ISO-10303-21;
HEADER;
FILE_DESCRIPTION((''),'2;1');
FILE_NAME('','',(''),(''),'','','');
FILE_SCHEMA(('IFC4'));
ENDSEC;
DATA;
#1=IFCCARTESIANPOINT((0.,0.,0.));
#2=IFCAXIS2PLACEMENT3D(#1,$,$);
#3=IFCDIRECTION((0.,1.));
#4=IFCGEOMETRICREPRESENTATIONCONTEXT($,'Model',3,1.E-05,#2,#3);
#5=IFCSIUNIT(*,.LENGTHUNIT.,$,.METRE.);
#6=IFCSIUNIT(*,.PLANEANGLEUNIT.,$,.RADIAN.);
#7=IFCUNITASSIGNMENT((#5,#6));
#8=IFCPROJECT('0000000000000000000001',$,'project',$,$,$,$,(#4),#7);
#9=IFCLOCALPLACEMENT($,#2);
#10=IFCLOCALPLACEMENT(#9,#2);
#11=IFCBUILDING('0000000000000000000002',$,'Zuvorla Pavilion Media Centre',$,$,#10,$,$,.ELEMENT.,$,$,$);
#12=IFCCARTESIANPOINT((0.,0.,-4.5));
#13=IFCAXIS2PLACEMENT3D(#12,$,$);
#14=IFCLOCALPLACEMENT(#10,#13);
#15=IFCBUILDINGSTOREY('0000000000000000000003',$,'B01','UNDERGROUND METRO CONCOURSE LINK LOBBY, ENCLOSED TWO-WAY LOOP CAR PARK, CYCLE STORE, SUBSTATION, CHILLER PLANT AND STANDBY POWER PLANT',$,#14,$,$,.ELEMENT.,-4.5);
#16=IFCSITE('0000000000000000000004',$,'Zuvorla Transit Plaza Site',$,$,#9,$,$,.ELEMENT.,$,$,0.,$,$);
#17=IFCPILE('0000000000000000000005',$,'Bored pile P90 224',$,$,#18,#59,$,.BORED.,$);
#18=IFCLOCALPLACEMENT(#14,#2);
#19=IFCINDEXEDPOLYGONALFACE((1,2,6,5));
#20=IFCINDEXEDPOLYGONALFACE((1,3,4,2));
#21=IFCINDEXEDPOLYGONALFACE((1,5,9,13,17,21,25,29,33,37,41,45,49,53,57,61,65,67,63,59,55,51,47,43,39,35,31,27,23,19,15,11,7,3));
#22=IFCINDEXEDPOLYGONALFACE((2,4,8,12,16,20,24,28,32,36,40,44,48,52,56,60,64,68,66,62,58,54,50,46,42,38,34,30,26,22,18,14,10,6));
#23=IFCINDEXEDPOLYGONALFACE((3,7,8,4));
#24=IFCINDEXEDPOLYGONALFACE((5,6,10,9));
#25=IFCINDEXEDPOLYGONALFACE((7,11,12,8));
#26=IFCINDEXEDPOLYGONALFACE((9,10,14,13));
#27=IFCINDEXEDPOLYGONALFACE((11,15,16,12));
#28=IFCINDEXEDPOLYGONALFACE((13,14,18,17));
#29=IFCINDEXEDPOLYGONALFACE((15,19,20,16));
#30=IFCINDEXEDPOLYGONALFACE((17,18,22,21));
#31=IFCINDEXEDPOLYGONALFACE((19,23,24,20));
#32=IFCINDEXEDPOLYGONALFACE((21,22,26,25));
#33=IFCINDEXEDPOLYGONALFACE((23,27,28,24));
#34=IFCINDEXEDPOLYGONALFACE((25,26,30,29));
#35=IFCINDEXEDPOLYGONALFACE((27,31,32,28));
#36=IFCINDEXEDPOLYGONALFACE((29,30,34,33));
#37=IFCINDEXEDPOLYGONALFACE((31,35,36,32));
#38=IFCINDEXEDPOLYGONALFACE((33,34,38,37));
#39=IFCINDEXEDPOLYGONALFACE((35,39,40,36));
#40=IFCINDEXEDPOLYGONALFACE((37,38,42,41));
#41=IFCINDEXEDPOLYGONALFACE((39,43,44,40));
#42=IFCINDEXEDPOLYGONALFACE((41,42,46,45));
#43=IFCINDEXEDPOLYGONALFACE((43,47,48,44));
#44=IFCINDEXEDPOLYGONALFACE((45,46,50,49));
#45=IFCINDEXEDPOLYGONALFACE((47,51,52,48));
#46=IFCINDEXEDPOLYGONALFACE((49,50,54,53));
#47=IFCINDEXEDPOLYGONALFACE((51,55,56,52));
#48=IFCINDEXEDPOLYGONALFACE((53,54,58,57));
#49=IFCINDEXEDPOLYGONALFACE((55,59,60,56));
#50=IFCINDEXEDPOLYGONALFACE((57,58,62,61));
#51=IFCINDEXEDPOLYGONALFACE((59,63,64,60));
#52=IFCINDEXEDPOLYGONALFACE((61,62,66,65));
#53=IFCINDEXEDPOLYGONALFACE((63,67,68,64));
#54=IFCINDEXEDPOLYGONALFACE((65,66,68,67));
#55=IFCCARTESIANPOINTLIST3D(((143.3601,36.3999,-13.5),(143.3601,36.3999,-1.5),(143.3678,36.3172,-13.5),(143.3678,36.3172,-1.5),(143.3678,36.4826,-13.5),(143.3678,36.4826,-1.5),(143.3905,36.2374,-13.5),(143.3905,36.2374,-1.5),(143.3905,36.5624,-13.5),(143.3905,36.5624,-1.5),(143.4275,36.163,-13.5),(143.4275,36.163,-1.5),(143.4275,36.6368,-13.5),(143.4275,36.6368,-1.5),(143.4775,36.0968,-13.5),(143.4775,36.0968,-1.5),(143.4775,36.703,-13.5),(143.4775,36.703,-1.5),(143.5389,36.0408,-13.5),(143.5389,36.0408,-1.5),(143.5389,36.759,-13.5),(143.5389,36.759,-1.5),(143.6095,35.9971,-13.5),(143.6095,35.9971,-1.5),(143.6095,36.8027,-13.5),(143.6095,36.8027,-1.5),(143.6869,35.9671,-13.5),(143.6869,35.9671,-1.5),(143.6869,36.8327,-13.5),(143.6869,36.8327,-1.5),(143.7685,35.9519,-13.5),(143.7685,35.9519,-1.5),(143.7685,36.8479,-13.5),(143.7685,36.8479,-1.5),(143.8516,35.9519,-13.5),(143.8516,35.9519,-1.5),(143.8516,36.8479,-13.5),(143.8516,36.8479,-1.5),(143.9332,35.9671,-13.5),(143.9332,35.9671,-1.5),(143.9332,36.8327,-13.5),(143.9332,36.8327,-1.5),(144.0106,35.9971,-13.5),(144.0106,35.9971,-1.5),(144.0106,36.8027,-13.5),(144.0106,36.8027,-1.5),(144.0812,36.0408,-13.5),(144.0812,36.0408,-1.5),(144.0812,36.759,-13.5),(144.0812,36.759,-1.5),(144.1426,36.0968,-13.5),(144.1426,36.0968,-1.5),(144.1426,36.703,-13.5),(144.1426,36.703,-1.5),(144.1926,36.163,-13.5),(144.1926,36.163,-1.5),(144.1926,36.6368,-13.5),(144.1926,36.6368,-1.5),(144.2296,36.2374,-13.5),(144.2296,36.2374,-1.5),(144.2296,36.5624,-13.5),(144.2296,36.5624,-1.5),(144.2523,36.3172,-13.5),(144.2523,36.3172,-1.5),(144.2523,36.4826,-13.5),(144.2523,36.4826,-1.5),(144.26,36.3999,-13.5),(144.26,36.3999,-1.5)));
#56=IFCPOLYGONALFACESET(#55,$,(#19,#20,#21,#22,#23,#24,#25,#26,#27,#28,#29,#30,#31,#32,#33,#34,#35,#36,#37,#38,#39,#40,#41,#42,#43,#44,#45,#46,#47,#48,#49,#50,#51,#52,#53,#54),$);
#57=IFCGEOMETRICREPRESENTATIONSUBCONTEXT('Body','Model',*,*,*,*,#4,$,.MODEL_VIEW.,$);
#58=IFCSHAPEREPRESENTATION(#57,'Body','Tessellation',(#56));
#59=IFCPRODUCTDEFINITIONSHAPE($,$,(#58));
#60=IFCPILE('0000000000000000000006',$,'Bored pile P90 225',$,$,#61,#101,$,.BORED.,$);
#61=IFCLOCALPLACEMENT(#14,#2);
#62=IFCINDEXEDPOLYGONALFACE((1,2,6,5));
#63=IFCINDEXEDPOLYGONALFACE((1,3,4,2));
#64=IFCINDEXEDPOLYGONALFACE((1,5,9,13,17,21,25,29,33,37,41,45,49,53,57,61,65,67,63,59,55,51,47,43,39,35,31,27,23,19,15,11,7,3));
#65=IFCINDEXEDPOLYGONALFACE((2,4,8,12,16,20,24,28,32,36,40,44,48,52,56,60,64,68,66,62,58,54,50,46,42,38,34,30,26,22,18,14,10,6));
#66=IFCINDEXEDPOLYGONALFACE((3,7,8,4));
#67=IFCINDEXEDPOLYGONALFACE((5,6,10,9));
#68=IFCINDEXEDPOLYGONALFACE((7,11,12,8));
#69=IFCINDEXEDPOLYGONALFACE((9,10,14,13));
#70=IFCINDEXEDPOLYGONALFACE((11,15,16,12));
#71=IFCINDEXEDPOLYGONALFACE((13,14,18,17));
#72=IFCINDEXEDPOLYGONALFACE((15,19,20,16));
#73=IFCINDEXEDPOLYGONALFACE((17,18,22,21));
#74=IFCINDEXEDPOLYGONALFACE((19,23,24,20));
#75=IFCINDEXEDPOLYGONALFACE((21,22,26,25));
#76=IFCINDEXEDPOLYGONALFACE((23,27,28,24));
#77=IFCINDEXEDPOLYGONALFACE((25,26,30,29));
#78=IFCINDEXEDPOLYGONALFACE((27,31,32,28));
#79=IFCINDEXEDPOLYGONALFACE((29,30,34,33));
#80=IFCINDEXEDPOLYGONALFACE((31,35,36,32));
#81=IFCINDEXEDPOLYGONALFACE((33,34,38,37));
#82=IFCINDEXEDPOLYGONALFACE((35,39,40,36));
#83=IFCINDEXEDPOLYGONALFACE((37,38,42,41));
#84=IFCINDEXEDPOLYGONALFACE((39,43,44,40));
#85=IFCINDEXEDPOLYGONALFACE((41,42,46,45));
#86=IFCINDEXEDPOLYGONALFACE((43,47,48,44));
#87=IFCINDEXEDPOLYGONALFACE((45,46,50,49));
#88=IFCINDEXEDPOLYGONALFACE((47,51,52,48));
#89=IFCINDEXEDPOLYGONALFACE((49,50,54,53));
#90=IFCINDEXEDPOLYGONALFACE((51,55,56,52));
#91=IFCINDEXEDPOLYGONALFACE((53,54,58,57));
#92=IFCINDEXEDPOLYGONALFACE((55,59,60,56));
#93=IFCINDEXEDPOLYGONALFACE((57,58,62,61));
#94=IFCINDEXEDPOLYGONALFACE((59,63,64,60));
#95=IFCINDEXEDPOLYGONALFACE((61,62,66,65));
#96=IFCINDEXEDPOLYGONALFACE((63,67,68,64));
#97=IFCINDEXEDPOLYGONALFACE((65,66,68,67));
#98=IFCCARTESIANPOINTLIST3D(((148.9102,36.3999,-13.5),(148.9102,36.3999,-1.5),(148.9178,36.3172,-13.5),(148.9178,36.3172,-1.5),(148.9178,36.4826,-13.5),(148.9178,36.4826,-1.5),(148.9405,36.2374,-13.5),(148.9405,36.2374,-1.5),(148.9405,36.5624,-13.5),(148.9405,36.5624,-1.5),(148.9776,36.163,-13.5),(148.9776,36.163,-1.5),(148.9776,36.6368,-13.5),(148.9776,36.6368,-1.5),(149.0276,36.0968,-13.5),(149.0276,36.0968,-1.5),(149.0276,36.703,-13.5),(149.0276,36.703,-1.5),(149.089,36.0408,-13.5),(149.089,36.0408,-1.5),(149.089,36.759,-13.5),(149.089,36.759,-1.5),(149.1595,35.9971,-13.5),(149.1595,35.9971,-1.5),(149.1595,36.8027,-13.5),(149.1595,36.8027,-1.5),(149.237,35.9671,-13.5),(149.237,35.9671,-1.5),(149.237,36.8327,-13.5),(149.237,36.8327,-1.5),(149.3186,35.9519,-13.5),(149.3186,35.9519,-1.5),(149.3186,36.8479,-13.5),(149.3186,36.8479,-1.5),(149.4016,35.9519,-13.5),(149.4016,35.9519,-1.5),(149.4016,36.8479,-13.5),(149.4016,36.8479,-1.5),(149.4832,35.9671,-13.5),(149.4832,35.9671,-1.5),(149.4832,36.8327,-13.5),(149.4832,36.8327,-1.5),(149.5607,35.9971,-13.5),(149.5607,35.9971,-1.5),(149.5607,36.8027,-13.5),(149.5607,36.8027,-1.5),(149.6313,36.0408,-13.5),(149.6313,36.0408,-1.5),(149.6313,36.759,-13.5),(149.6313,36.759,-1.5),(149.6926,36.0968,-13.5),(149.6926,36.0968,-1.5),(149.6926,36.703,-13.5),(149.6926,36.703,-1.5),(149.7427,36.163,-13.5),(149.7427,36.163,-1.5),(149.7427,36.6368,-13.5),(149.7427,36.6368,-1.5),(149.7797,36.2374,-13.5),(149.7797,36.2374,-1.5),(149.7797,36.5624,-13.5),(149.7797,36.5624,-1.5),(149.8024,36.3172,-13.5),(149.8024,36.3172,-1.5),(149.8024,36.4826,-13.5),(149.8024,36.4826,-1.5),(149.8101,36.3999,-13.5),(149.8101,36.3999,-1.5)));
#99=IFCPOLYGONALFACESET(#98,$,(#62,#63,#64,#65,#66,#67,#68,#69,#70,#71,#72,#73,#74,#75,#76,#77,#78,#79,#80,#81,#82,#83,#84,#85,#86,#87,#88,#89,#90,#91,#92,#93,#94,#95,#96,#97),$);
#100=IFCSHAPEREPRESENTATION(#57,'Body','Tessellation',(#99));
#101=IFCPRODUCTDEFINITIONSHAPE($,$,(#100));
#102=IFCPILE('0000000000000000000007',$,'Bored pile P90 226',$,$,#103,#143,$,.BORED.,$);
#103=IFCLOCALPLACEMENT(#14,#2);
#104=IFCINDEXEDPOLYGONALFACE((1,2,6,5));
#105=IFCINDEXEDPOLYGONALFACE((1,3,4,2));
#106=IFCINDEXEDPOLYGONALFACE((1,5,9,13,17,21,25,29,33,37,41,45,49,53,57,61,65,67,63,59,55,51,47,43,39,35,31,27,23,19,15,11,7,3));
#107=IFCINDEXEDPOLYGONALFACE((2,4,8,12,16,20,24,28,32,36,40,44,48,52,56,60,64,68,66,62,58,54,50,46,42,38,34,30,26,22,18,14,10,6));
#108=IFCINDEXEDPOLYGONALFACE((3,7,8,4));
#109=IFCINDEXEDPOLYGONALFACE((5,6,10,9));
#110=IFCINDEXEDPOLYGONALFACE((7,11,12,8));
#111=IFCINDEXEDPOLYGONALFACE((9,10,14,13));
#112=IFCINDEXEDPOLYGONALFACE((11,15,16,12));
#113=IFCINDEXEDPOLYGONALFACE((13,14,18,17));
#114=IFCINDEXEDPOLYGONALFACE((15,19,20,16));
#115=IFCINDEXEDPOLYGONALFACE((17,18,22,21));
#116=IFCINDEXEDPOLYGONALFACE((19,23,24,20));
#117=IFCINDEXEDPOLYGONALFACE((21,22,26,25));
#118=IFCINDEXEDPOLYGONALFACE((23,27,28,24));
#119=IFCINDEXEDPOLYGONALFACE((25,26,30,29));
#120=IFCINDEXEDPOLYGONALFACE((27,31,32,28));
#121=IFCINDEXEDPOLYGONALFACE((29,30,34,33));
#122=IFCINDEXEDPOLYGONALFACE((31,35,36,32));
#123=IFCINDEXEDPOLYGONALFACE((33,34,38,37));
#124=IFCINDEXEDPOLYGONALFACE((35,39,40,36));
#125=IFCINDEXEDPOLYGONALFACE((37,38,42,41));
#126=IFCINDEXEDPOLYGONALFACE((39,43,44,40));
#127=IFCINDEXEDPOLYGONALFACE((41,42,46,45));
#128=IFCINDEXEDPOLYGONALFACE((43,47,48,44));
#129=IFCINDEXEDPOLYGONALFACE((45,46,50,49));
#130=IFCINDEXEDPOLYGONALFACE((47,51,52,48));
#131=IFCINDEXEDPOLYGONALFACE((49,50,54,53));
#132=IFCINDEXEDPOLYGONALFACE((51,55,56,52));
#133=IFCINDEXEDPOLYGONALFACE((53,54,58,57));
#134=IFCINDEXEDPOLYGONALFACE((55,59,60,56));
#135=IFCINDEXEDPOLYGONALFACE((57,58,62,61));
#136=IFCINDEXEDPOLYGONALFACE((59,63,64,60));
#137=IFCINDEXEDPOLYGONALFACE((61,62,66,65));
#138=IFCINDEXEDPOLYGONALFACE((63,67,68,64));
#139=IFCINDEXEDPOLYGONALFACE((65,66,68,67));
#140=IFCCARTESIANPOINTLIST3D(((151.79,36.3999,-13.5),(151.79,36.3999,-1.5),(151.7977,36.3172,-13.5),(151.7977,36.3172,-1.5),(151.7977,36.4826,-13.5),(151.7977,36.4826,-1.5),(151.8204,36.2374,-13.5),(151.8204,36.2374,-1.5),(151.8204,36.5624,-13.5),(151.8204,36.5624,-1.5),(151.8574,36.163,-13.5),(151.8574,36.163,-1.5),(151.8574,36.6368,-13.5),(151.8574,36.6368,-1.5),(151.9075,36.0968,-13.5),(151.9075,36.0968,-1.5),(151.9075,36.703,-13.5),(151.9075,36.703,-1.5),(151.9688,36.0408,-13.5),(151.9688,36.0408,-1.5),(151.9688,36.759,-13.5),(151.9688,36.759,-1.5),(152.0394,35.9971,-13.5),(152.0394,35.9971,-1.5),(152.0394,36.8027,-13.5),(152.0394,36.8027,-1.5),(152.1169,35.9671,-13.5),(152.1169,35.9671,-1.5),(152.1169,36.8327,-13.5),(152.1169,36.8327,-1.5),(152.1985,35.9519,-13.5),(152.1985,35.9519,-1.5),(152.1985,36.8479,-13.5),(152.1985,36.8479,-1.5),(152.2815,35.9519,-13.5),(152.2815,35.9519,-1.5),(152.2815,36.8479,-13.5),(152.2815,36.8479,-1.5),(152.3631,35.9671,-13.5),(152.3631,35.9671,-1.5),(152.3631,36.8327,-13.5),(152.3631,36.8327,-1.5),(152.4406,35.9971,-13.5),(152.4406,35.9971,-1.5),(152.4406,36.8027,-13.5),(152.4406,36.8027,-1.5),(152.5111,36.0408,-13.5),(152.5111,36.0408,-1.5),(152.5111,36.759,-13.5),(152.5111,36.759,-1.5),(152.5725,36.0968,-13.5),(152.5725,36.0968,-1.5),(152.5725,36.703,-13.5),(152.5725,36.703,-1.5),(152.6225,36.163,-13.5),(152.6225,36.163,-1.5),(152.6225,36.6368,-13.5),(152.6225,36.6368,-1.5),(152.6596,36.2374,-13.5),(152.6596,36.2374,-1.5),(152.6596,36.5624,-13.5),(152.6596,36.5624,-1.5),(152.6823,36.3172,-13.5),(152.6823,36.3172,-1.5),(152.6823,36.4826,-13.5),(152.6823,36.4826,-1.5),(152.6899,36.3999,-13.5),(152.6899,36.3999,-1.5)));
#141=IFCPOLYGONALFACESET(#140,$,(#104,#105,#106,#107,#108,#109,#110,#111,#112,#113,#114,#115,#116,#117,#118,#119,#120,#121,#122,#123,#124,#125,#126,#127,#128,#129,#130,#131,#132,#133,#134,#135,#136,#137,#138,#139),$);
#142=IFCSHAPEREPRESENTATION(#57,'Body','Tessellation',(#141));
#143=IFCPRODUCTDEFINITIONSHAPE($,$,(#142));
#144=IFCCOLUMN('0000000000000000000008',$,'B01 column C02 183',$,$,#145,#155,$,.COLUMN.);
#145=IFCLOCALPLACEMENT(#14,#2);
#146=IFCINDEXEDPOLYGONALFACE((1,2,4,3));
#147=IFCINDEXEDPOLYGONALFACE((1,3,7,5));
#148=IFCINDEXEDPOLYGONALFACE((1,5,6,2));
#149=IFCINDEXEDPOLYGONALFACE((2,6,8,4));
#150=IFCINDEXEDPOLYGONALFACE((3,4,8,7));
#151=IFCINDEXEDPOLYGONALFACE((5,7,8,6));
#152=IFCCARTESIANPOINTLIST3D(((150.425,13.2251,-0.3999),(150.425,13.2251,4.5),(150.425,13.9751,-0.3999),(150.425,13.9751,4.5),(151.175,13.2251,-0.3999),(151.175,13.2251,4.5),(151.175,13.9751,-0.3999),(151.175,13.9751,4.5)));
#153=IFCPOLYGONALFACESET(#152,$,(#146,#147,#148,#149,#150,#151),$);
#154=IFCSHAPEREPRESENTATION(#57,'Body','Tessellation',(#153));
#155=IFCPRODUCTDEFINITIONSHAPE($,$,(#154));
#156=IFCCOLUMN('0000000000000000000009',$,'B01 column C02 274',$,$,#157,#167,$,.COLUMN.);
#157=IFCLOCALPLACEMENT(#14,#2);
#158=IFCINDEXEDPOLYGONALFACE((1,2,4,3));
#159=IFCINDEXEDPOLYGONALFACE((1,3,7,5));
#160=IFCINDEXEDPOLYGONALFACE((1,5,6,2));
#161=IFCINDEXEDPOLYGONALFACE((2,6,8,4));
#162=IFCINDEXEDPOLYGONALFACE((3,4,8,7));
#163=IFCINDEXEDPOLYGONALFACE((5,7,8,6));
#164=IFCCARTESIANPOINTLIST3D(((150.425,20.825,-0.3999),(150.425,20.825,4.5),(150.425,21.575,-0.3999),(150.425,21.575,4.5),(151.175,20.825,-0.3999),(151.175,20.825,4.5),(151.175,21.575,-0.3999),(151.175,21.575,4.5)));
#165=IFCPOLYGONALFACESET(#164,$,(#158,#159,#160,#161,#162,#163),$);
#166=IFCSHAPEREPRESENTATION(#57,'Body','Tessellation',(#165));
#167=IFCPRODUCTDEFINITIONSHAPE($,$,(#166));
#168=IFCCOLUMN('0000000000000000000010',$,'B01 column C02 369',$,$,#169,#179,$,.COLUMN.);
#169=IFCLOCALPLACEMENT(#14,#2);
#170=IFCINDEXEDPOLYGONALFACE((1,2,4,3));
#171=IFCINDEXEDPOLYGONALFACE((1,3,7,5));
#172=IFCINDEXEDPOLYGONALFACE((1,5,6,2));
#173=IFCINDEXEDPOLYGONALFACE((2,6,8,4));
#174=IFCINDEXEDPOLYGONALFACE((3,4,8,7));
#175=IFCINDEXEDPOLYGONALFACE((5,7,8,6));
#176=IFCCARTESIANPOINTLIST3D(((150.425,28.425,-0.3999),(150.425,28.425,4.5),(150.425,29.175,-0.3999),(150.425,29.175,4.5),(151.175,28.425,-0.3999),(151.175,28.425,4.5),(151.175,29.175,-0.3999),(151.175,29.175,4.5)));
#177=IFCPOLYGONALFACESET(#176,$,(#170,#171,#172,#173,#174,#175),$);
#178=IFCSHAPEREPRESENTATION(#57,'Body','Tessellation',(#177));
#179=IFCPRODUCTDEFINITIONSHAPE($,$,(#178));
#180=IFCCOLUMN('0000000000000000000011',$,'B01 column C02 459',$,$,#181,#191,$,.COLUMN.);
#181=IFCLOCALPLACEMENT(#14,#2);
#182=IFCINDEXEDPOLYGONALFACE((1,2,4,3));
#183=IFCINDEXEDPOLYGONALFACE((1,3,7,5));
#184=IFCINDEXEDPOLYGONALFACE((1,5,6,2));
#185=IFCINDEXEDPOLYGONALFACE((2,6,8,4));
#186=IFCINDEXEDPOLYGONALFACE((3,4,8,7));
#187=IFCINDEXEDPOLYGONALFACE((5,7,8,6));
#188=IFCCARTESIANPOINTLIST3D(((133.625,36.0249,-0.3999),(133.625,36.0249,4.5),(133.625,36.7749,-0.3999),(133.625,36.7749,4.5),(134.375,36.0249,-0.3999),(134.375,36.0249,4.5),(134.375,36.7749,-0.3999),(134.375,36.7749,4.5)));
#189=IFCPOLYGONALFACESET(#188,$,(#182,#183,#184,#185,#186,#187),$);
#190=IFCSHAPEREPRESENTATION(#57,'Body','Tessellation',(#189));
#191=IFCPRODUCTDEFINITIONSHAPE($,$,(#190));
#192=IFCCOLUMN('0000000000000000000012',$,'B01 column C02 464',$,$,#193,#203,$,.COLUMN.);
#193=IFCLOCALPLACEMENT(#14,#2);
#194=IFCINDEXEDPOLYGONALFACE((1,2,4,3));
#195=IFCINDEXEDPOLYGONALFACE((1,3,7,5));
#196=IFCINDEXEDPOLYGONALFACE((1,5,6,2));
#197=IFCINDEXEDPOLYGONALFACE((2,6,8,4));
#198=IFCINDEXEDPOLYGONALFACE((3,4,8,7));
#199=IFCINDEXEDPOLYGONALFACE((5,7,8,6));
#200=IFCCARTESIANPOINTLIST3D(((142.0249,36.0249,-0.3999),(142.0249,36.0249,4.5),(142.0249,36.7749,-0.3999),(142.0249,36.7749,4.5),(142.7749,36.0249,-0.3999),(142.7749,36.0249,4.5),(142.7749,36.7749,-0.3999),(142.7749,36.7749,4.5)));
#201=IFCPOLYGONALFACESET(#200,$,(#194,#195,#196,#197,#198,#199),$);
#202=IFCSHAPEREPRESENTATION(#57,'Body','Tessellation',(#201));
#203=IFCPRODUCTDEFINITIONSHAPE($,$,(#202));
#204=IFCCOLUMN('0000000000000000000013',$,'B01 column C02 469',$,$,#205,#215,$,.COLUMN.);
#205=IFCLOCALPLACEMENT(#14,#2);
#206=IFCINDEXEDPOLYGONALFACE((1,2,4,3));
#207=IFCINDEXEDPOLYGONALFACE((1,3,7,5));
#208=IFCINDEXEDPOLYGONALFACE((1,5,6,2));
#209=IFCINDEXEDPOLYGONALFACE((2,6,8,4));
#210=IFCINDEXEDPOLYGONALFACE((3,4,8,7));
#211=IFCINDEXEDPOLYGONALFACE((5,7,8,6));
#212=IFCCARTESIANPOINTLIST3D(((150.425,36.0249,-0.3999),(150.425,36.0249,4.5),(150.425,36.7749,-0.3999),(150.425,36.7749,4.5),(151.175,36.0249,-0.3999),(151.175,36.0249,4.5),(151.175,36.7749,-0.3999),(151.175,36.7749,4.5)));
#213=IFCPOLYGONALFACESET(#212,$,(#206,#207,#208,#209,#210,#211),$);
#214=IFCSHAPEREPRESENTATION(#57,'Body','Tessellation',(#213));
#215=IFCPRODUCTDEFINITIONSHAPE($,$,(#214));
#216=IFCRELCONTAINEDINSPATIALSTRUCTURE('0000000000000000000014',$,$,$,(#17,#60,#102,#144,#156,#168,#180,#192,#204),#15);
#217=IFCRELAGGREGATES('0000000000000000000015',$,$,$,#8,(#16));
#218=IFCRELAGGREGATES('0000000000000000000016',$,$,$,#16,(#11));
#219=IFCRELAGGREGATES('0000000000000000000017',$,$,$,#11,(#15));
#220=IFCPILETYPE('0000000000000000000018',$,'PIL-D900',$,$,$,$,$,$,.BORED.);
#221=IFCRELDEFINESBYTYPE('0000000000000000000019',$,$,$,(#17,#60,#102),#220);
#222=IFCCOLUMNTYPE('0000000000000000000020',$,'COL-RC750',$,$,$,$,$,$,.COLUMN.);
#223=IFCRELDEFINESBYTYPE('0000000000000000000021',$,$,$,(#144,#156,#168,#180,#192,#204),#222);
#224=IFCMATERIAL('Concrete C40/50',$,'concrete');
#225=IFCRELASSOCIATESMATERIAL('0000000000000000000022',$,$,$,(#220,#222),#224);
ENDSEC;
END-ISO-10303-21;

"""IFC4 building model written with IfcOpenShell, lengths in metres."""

from ifc_helpers import new_model, si_unit, direction, frame, origin, origin_2d, place, context, subcontext, project, spatial, rectangle, circle, extrude, material, material_profile, profile_set, type_object, element, save


model = new_model("IFC4")

# Units and contexts
model_context = context("Model", 3, precision=1e-05, world=origin(), true_north=direction((0.0, 1.0)))
body_context = subcontext(model_context, "Body", "Model", "MODEL_VIEW")
ifc_project = project(units=[si_unit("LENGTHUNIT", "METRE"), si_unit("PLANEANGLEUNIT", "RADIAN")], contexts=[model_context])

# Site, building, storey
site_placement = place(None, origin())
site = spatial("IfcSite", under=ifc_project, at=site_placement, Name="Zuvorla Transit Plaza Site", CompositionType="ELEMENT", RefElevation=0.0)
building_placement = place(site_placement, origin())
building = spatial("IfcBuilding", under=site, at=building_placement, Name="Zuvorla Pavilion Media Centre", CompositionType="ELEMENT")
storey_placement = place(building_placement, frame((0.0, 0.0, -4.5)))
storey = spatial("IfcBuildingStorey", under=building, at=storey_placement, Name="B01", Description="UNDERGROUND METRO CONCOURSE LINK LOBBY, ENCLOSED TWO-WAY LOOP CAR PARK, CYCLE STORE, SUBSTATION, CHILLER PLANT AND STANDBY POWER PLANT", CompositionType="ELEMENT", Elevation=-4.5)

# Shared definitions
ifc_material = material(Name="Concrete C40/50", Category="concrete")

# Piles
ifc_material_profile_1 = material_profile(ifc_material, circle(Radius=0.45, at=origin_2d()), Name="BORED PILE 900")
ifc_profile_set_1 = profile_set([ifc_material_profile_1], Name="Concrete C40/50")
pile_type = type_object("IfcPileType", Name="PIL-D900", PredefinedType="BORED", material=ifc_profile_set_1)
for number, where, z_axis, x_axis, name in (
    (1, (143.8101, 36.3999, -1.5), (0.0, 0.0, -1.0), (1.0, 0.0, 0.0), "Bored pile P90 224"),
    (2, (149.3601, 36.3999, -1.5), (0.0, 0.0, -1.0), (1.0, 0.0, 0.0), "Bored pile P90 225"),
    (3, (152.24, 36.3999, -1.5), (0.0, 0.0, -1.0), (1.0, 0.0, 0.0), "Bored pile P90 226"),
):
    element("IfcPile", number, at=place(storey_placement, frame(where, z_axis=z_axis, x_axis=x_axis)), inside=storey, type_object=pile_type, Name=name, PredefinedType="BORED", context=body_context, shape_type="SweptSolid", body=[
        extrude(circle(Radius=0.45, at=origin_2d()), origin(), (0.0, 0.0, 1.0), 12.0),
    ])

# Columns
ifc_material_profile_2 = material_profile(ifc_material, rectangle(XDim=0.75, YDim=0.75, at=origin_2d()), Name="RC 750x750")
ifc_profile_set_2 = profile_set([ifc_material_profile_2], Name="Concrete C40/50")
column_type = type_object("IfcColumnType", Name="COL-RC750", PredefinedType="COLUMN", material=ifc_profile_set_2)
for number, where, z_axis, x_axis, name in (
    (4, (150.8, 13.6001, -0.3999), (0.0, 0.0, 1.0), (1.0, 0.0, 0.0), "B01 column C02 183"),
    (5, (150.8, 21.2, -0.3999), (0.0, 0.0, 1.0), (1.0, 0.0, 0.0), "B01 column C02 274"),
    (6, (150.8, 28.8, -0.3999), (0.0, 0.0, 1.0), (1.0, 0.0, 0.0), "B01 column C02 369"),
    (7, (134.0, 36.3999, -0.3999), (0.0, 0.0, 1.0), (1.0, 0.0, 0.0), "B01 column C02 459"),
    (8, (142.3999, 36.3999, -0.3999), (0.0, 0.0, 1.0), (1.0, 0.0, 0.0), "B01 column C02 464"),
    (9, (150.8, 36.3999, -0.3999), (0.0, 0.0, 1.0), (1.0, 0.0, 0.0), "B01 column C02 469"),
):
    element("IfcColumn", number, at=place(storey_placement, frame(where, z_axis=z_axis, x_axis=x_axis)), inside=storey, type_object=column_type, Name=name, PredefinedType="COLUMN", context=body_context, shape_type="SweptSolid", body=[
        extrude(rectangle(XDim=0.75, YDim=0.75, at=origin_2d()), origin(), (0.0, 0.0, 1.0), 4.8999),
    ])

save(model, "model.ifc")
